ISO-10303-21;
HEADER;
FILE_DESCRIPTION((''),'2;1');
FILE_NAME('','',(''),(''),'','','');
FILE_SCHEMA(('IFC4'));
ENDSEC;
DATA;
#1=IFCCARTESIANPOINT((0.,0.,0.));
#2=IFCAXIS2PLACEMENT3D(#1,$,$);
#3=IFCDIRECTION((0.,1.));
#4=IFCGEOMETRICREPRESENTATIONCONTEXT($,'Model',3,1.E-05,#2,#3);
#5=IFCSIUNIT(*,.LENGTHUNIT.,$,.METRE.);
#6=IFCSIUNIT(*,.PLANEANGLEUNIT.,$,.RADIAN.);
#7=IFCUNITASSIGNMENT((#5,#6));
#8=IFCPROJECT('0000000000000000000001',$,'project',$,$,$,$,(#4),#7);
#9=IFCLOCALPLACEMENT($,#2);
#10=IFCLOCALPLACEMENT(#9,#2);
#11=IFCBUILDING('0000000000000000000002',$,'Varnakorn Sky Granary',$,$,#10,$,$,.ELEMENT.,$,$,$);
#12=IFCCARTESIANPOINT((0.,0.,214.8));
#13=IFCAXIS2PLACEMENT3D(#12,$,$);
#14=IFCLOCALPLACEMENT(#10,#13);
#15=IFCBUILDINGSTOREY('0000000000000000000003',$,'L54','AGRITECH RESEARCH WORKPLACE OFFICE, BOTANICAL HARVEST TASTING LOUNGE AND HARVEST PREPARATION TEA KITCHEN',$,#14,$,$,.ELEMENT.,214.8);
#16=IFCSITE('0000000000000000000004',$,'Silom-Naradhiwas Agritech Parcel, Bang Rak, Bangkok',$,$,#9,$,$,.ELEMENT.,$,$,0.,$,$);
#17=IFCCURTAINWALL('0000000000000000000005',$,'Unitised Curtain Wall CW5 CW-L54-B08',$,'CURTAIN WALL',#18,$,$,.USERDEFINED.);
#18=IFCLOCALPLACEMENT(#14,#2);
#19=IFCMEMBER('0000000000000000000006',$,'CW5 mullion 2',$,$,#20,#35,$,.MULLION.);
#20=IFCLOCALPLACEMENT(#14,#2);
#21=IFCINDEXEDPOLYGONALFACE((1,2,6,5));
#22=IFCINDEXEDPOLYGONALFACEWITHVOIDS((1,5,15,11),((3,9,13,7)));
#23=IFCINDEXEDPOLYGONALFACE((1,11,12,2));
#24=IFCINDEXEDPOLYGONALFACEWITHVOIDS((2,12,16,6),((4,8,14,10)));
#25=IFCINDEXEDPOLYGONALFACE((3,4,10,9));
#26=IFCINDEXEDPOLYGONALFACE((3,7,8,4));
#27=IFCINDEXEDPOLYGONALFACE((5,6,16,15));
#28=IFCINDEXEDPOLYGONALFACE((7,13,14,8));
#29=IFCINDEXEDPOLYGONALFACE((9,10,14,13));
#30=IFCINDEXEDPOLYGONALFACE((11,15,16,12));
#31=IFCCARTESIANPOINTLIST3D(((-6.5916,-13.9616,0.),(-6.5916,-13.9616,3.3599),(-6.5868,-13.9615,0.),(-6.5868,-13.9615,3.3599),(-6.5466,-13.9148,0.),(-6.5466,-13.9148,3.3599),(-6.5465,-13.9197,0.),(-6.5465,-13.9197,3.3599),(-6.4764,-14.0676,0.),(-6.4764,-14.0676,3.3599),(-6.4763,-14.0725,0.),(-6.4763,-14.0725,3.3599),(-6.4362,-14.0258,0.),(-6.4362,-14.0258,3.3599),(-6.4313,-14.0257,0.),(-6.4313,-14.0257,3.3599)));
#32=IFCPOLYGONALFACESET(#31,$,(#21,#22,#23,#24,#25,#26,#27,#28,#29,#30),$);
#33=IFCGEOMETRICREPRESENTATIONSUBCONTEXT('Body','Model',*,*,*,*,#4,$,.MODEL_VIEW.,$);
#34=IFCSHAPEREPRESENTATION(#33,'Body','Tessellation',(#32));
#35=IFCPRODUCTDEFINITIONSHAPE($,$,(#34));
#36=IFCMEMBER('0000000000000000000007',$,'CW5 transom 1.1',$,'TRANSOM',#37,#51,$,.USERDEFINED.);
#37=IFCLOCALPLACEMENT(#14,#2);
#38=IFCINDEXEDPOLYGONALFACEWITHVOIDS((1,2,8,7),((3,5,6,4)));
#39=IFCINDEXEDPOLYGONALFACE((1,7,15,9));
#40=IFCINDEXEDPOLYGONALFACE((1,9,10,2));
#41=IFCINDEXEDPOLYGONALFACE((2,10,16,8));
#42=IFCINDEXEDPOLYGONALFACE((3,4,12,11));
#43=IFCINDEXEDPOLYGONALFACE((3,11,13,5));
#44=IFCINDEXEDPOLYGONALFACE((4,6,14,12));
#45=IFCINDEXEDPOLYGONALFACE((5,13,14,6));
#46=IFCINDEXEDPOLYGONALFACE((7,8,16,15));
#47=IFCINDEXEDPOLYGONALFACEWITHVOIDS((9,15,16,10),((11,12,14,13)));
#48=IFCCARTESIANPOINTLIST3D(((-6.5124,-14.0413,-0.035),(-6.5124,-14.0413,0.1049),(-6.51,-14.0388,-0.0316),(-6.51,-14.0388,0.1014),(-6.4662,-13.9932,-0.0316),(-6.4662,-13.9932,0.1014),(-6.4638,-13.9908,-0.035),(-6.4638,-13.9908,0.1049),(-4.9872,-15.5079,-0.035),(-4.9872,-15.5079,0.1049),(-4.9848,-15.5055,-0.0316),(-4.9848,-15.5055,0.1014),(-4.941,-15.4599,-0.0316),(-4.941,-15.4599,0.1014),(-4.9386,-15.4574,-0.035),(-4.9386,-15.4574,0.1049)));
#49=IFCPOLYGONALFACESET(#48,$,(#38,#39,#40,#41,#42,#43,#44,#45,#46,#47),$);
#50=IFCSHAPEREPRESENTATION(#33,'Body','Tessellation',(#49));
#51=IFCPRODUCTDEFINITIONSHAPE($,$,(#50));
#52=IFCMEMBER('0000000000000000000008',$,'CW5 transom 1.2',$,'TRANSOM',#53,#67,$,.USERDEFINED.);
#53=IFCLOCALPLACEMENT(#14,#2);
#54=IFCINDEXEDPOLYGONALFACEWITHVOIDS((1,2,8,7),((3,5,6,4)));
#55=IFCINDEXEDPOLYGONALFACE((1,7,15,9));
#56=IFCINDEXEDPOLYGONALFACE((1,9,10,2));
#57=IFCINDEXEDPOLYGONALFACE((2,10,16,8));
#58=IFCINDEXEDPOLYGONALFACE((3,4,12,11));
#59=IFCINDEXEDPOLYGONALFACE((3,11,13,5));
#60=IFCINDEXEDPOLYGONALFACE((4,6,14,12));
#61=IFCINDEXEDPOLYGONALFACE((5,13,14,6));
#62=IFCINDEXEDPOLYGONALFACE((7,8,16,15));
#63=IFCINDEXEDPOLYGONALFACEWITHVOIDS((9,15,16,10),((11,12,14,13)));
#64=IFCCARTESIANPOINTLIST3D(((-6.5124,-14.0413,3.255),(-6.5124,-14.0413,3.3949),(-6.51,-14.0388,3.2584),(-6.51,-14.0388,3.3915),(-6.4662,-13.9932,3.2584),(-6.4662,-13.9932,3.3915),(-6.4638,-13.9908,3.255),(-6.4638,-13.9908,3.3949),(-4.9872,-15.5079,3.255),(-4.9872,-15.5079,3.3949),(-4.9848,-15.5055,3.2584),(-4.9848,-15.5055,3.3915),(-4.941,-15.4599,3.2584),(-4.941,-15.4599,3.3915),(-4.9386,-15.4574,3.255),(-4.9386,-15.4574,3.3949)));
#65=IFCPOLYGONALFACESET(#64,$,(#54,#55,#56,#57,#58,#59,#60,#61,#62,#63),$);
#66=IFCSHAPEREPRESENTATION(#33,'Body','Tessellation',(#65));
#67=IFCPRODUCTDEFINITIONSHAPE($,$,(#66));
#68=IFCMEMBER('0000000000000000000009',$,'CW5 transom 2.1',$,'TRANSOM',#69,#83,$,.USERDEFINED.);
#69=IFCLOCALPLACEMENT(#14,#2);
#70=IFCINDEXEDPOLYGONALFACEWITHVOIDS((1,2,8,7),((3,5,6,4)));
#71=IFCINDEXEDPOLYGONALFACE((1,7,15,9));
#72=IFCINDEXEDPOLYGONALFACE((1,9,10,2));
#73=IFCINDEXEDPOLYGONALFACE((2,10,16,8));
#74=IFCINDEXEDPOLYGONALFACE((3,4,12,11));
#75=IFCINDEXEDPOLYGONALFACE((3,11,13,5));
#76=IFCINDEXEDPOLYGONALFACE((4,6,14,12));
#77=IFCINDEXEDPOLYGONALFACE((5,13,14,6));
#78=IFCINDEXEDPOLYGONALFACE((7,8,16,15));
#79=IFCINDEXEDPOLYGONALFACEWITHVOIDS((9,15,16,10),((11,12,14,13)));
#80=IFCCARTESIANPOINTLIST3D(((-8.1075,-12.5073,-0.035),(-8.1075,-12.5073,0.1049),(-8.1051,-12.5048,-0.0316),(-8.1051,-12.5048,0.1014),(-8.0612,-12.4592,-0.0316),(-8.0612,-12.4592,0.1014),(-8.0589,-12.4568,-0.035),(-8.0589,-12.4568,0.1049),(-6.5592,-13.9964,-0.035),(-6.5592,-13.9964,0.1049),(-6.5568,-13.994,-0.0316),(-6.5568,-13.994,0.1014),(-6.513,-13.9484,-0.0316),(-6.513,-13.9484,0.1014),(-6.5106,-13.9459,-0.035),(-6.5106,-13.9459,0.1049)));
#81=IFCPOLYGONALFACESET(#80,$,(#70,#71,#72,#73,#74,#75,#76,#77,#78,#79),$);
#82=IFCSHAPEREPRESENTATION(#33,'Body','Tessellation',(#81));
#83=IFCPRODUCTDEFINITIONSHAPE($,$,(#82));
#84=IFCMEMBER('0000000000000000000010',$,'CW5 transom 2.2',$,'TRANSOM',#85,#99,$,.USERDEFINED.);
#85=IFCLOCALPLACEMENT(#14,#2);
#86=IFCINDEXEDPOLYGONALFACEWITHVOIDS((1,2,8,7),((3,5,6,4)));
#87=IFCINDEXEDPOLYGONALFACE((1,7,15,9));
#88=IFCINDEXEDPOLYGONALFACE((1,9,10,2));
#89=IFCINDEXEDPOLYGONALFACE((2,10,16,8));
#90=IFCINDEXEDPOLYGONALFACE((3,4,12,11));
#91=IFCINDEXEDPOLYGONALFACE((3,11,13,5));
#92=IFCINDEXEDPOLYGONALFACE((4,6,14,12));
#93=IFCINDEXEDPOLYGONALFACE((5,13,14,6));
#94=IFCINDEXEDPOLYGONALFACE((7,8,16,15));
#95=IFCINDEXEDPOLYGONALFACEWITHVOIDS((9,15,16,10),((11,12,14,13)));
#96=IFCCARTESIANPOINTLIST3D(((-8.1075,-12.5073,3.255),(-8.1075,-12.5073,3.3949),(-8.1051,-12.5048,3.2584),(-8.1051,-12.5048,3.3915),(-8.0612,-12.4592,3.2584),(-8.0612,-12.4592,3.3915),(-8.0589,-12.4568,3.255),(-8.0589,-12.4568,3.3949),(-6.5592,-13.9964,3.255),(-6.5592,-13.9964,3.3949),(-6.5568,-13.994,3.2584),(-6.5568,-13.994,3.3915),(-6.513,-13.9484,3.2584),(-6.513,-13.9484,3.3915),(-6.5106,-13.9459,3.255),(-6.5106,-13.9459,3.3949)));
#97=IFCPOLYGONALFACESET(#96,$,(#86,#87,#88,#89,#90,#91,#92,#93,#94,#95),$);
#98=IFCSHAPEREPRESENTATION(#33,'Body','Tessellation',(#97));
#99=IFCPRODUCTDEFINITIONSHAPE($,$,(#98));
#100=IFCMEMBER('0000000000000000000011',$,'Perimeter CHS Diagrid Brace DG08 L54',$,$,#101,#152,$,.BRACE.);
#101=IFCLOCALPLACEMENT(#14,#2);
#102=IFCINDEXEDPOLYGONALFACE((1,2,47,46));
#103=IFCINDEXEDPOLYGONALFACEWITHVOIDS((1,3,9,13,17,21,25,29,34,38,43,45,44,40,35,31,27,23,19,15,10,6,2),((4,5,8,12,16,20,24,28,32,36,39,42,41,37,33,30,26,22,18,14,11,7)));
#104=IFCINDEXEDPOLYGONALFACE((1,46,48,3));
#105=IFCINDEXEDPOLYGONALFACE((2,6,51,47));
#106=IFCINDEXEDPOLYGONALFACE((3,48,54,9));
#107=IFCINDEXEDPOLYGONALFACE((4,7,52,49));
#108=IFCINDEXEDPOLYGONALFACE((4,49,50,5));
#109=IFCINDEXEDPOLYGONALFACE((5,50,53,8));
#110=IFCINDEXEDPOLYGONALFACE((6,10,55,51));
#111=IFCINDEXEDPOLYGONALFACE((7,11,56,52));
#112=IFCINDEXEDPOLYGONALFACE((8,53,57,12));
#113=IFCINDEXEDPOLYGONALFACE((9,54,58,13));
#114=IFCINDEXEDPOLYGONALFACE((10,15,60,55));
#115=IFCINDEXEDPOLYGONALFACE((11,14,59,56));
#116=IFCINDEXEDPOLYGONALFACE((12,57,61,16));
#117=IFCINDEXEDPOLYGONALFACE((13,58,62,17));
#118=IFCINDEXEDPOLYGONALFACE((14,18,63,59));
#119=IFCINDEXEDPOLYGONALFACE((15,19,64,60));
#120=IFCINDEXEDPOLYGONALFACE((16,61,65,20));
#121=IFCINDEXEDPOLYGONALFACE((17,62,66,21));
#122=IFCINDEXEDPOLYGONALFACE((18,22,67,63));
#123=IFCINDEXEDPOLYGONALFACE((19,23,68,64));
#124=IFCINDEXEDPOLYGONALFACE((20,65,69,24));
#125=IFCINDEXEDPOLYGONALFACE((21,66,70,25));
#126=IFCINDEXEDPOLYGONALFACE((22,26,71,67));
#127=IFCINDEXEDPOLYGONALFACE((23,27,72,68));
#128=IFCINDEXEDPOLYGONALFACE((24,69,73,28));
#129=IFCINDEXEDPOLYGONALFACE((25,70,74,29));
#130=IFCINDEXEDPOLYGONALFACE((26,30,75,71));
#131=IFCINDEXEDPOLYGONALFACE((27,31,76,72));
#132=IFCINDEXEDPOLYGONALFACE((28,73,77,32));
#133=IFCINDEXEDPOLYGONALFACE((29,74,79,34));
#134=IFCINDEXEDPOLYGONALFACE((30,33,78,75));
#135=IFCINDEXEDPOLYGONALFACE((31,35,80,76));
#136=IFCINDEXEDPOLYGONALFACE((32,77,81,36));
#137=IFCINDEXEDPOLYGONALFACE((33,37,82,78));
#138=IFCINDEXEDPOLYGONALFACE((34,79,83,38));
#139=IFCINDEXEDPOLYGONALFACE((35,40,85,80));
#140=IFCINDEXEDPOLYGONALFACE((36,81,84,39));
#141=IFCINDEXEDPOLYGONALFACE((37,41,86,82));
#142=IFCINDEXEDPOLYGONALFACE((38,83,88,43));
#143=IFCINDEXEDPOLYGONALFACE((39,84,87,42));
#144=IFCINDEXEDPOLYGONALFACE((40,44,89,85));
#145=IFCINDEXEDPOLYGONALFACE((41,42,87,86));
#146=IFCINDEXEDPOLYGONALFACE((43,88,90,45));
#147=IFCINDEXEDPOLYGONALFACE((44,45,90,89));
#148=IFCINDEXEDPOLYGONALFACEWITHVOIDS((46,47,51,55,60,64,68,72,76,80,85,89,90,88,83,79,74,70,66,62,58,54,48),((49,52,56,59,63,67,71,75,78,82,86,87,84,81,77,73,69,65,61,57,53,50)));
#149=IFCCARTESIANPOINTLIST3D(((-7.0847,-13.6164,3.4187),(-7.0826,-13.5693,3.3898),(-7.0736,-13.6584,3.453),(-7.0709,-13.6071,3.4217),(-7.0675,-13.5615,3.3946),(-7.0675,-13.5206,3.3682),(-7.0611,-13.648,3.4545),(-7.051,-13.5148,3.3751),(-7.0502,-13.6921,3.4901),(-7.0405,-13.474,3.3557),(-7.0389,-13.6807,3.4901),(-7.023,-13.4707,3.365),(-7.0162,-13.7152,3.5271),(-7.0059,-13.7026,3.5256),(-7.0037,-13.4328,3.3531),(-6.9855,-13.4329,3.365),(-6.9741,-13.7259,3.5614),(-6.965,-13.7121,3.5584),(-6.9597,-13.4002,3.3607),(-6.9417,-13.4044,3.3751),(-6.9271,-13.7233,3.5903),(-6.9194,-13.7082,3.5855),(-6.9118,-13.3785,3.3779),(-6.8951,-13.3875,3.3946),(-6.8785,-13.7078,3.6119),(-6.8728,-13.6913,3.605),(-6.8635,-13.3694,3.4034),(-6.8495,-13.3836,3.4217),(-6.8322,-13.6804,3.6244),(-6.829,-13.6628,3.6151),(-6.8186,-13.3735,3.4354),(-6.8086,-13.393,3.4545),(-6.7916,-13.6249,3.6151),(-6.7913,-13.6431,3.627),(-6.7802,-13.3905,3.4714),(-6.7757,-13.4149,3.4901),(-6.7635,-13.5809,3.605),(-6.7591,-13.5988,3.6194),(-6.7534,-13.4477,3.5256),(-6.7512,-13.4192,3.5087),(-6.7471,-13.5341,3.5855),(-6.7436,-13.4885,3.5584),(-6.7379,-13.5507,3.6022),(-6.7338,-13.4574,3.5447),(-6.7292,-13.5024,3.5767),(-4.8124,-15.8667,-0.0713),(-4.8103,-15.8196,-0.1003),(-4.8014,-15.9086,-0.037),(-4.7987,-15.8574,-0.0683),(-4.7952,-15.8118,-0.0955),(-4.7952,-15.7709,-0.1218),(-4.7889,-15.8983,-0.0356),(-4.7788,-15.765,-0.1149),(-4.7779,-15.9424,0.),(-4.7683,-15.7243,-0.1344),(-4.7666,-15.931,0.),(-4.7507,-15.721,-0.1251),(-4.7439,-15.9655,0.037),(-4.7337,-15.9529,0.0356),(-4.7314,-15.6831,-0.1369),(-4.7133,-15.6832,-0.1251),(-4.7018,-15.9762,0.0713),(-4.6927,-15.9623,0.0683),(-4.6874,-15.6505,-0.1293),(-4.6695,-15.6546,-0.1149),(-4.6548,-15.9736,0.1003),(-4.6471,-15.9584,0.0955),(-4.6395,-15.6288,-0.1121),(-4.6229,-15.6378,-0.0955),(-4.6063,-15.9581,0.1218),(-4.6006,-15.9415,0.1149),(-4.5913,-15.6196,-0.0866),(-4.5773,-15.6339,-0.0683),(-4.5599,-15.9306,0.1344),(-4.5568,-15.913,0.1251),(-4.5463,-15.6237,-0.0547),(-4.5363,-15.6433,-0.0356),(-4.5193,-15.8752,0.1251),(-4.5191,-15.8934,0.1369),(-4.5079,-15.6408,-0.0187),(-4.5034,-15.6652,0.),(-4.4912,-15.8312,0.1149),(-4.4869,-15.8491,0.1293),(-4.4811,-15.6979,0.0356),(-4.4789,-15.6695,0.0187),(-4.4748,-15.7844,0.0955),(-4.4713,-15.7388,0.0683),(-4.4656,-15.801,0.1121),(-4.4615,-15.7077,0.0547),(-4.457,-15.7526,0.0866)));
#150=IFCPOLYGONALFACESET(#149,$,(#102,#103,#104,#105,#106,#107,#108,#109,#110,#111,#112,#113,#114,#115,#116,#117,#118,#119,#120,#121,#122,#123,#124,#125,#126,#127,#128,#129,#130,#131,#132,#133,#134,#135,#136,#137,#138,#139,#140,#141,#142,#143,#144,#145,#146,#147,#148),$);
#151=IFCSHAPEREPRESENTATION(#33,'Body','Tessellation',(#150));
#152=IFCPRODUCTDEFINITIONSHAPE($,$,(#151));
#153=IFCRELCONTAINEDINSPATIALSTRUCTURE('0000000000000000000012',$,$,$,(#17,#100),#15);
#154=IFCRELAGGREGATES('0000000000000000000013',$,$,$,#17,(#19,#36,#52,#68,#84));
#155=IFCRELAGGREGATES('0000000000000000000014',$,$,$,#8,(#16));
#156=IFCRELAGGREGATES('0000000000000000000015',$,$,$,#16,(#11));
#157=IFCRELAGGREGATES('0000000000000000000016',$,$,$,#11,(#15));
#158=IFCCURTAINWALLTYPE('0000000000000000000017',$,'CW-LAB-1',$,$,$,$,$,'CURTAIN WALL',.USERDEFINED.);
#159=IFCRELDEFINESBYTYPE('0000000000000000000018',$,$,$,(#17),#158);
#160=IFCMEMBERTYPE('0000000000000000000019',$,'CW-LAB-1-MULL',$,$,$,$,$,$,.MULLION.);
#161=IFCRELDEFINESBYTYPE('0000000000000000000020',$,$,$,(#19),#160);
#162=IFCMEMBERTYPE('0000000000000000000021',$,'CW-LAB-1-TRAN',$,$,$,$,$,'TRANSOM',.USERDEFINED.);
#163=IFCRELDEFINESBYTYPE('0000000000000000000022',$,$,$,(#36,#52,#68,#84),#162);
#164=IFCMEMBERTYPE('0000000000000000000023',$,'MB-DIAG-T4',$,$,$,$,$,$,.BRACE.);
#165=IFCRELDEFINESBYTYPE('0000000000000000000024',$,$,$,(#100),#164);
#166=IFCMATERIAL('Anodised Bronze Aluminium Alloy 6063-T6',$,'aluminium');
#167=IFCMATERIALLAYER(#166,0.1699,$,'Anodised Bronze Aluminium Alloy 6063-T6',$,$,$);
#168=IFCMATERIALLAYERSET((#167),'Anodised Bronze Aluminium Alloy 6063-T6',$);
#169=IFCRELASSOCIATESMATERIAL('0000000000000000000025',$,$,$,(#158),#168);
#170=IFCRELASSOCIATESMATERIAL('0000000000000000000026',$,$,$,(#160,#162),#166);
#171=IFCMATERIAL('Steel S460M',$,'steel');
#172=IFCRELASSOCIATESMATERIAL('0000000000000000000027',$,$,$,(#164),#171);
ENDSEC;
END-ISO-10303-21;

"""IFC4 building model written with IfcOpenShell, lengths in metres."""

from ifc_helpers import new_model, si_unit, direction, frame, origin, origin_2d, place, context, subcontext, project, spatial, hollow_rectangle, hollow_circle, extrude, material, layer, layer_set, material_profile, profile_set, type_object, element, aggregate, save


model = new_model("IFC4")

# Units and contexts
model_context = context("Model", 3, precision=1e-05, world=origin(), true_north=direction((0.0, 1.0)))
body_context = subcontext(model_context, "Body", "Model", "MODEL_VIEW")
ifc_project = project(units=[si_unit("LENGTHUNIT", "METRE"), si_unit("PLANEANGLEUNIT", "RADIAN")], contexts=[model_context])

# Site, building, storey
site_placement = place(None, origin())
site = spatial("IfcSite", under=ifc_project, at=site_placement, Name="Silom-Naradhiwas Agritech Parcel, Bang Rak, Bangkok", CompositionType="ELEMENT", RefElevation=0.0)
building_placement = place(site_placement, origin())
building = spatial("IfcBuilding", under=site, at=building_placement, Name="Varnakorn Sky Granary", CompositionType="ELEMENT")
storey_placement = place(building_placement, frame((0.0, 0.0, 214.8)))
storey = spatial("IfcBuildingStorey", under=building, at=storey_placement, Name="L54", Description="AGRITECH RESEARCH WORKPLACE OFFICE, BOTANICAL HARVEST TASTING LOUNGE AND HARVEST PREPARATION TEA KITCHEN", CompositionType="ELEMENT", Elevation=214.8)

# Shared definitions
ifc_material_1 = material(Name="Steel S460M", Category="steel")

# Curtain wall, members
ifc_material_2 = material(Name="Anodised Bronze Aluminium Alloy 6063-T6", Category="aluminium")
ifc_layer_1 = layer(ifc_material_2, 0.1699, Name="Anodised Bronze Aluminium Alloy 6063-T6")
ifc_layer_set_1 = layer_set([ifc_layer_1], Name="Anodised Bronze Aluminium Alloy 6063-T6")
curtain_wall_type = type_object("IfcCurtainWallType", Name="CW-LAB-1", ElementType="CURTAIN WALL", PredefinedType="USERDEFINED", material=ifc_layer_set_1)
curtain_wall_placement = place(storey_placement, origin())
curtain_wall = element("IfcCurtainWall", 1, at=curtain_wall_placement, inside=storey, type_object=curtain_wall_type, Name="Unitised Curtain Wall CW5 CW-L54-B08", ObjectType="CURTAIN WALL", PredefinedType="USERDEFINED")
ifc_material_profile_1 = material_profile(ifc_material_2, hollow_rectangle(XDim=0.0649, YDim=0.1599, WallThickness=0.0034, at=origin_2d()), Name="ALU MULL 65x160")
ifc_profile_set_1 = profile_set([ifc_material_profile_1], Name="Anodised Bronze Aluminium Alloy 6063-T6")
member_type_1 = type_object("IfcMemberType", Name="CW-LAB-1-MULL", PredefinedType="MULLION", material=ifc_profile_set_1)
member_1_placement = place(storey_placement, frame((-6.5115, -13.9937, 0.0), z_axis=(0.0, 0.0, 1.0), x_axis=(-0.69314, -0.720803, 0.0)))
member_1 = element("IfcMember", 2, at=member_1_placement, type_object=member_type_1, Name="CW5 mullion 2", PredefinedType="MULLION", context=body_context, shape_type="SweptSolid", body=[
    extrude(hollow_rectangle(XDim=0.0649, YDim=0.1599, WallThickness=0.0034, at=origin_2d()), origin(), (0.0, 0.0, 1.0), 3.3599),
])
ifc_material_profile_2 = material_profile(ifc_material_2, hollow_rectangle(XDim=0.0701, YDim=0.1399, WallThickness=0.0034, at=origin_2d()), Name="ALU TRAN 70x140")
ifc_profile_set_2 = profile_set([ifc_material_profile_2], Name="Anodised Bronze Aluminium Alloy 6063-T6")
member_type_2 = type_object("IfcMemberType", Name="CW-LAB-1-TRAN", ElementType="TRANSOM", PredefinedType="USERDEFINED", material=ifc_profile_set_2)
member_2_placement = place(storey_placement, frame((-4.9629, -15.4827, 0.0349), z_axis=(-0.720818, 0.693125, 0.0), x_axis=(-0.693125, -0.720818, 0.0)))
member_2 = element("IfcMember", 3, at=member_2_placement, type_object=member_type_2, Name="CW5 transom 1.1", ObjectType="TRANSOM", PredefinedType="USERDEFINED", context=body_context, shape_type="SweptSolid", body=[
    extrude(hollow_rectangle(XDim=0.0701, YDim=0.1399, WallThickness=0.0034, at=origin_2d()), origin(), (0.0, 0.0, 1.0), 2.116),
])
member_3_placement = place(storey_placement, frame((-4.9629, -15.4827, 3.325), z_axis=(-0.720818, 0.693125, 0.0), x_axis=(-0.693125, -0.720818, 0.0)))
member_3 = element("IfcMember", 4, at=member_3_placement, type_object=member_type_2, Name="CW5 transom 1.2", ObjectType="TRANSOM", PredefinedType="USERDEFINED", context=body_context, shape_type="SweptSolid", body=[
    extrude(hollow_rectangle(XDim=0.0701, YDim=0.1399, WallThickness=0.0034, at=origin_2d()), origin(), (0.0, 0.0, 1.0), 2.116),
])
member_4_placement = place(storey_placement, frame((-6.5349, -13.9712, 0.0349), z_axis=(-0.720724, 0.693222, 0.0), x_axis=(-0.693222, -0.720724, 0.0)))
member_4 = element("IfcMember", 5, at=member_4_placement, type_object=member_type_2, Name="CW5 transom 2.1", ObjectType="TRANSOM", PredefinedType="USERDEFINED", context=body_context, shape_type="SweptSolid", body=[
    extrude(hollow_rectangle(XDim=0.0701, YDim=0.1399, WallThickness=0.0034, at=origin_2d()), origin(), (0.0, 0.0, 1.0), 2.1482),
])
member_5_placement = place(storey_placement, frame((-6.5349, -13.9712, 3.325), z_axis=(-0.720724, 0.693222, 0.0), x_axis=(-0.693222, -0.720724, 0.0)))
member_5 = element("IfcMember", 6, at=member_5_placement, type_object=member_type_2, Name="CW5 transom 2.2", ObjectType="TRANSOM", PredefinedType="USERDEFINED", context=body_context, shape_type="SweptSolid", body=[
    extrude(hollow_rectangle(XDim=0.0701, YDim=0.1399, WallThickness=0.0034, at=origin_2d()), origin(), (0.0, 0.0, 1.0), 2.1482),
])

# Member
ifc_material_profile_3 = material_profile(ifc_material_1, hollow_circle(Radius=0.2031, WallThickness=0.0161, at=origin_2d()), Name="CHS 406.4x16")
ifc_profile_set_3 = profile_set([ifc_material_profile_3], Name="Steel S460M")
member_type_3 = type_object("IfcMemberType", Name="MB-DIAG-T4", PredefinedType="BRACE", material=ifc_profile_set_3)
member_6_placement = place(storey_placement, frame((-4.635, -15.7981, 0.0), z_axis=(-0.480023, 0.475381, 0.737286), x_axis=(-0.703663, -0.710534, 0.0)))
element("IfcMember", 7, at=member_6_placement, inside=storey, type_object=member_type_3, Name="Perimeter CHS Diagrid Brace DG08 L54", PredefinedType="BRACE", context=body_context, shape_type="SweptSolid", body=[
    extrude(hollow_circle(Radius=0.2031, WallThickness=0.0161, at=origin_2d()), origin(), (0.0, 0.0, 1.0), 4.7336),
])

aggregate(curtain_wall, [member_1, member_2, member_3, member_4, member_5])

save(model, "model.ifc")
